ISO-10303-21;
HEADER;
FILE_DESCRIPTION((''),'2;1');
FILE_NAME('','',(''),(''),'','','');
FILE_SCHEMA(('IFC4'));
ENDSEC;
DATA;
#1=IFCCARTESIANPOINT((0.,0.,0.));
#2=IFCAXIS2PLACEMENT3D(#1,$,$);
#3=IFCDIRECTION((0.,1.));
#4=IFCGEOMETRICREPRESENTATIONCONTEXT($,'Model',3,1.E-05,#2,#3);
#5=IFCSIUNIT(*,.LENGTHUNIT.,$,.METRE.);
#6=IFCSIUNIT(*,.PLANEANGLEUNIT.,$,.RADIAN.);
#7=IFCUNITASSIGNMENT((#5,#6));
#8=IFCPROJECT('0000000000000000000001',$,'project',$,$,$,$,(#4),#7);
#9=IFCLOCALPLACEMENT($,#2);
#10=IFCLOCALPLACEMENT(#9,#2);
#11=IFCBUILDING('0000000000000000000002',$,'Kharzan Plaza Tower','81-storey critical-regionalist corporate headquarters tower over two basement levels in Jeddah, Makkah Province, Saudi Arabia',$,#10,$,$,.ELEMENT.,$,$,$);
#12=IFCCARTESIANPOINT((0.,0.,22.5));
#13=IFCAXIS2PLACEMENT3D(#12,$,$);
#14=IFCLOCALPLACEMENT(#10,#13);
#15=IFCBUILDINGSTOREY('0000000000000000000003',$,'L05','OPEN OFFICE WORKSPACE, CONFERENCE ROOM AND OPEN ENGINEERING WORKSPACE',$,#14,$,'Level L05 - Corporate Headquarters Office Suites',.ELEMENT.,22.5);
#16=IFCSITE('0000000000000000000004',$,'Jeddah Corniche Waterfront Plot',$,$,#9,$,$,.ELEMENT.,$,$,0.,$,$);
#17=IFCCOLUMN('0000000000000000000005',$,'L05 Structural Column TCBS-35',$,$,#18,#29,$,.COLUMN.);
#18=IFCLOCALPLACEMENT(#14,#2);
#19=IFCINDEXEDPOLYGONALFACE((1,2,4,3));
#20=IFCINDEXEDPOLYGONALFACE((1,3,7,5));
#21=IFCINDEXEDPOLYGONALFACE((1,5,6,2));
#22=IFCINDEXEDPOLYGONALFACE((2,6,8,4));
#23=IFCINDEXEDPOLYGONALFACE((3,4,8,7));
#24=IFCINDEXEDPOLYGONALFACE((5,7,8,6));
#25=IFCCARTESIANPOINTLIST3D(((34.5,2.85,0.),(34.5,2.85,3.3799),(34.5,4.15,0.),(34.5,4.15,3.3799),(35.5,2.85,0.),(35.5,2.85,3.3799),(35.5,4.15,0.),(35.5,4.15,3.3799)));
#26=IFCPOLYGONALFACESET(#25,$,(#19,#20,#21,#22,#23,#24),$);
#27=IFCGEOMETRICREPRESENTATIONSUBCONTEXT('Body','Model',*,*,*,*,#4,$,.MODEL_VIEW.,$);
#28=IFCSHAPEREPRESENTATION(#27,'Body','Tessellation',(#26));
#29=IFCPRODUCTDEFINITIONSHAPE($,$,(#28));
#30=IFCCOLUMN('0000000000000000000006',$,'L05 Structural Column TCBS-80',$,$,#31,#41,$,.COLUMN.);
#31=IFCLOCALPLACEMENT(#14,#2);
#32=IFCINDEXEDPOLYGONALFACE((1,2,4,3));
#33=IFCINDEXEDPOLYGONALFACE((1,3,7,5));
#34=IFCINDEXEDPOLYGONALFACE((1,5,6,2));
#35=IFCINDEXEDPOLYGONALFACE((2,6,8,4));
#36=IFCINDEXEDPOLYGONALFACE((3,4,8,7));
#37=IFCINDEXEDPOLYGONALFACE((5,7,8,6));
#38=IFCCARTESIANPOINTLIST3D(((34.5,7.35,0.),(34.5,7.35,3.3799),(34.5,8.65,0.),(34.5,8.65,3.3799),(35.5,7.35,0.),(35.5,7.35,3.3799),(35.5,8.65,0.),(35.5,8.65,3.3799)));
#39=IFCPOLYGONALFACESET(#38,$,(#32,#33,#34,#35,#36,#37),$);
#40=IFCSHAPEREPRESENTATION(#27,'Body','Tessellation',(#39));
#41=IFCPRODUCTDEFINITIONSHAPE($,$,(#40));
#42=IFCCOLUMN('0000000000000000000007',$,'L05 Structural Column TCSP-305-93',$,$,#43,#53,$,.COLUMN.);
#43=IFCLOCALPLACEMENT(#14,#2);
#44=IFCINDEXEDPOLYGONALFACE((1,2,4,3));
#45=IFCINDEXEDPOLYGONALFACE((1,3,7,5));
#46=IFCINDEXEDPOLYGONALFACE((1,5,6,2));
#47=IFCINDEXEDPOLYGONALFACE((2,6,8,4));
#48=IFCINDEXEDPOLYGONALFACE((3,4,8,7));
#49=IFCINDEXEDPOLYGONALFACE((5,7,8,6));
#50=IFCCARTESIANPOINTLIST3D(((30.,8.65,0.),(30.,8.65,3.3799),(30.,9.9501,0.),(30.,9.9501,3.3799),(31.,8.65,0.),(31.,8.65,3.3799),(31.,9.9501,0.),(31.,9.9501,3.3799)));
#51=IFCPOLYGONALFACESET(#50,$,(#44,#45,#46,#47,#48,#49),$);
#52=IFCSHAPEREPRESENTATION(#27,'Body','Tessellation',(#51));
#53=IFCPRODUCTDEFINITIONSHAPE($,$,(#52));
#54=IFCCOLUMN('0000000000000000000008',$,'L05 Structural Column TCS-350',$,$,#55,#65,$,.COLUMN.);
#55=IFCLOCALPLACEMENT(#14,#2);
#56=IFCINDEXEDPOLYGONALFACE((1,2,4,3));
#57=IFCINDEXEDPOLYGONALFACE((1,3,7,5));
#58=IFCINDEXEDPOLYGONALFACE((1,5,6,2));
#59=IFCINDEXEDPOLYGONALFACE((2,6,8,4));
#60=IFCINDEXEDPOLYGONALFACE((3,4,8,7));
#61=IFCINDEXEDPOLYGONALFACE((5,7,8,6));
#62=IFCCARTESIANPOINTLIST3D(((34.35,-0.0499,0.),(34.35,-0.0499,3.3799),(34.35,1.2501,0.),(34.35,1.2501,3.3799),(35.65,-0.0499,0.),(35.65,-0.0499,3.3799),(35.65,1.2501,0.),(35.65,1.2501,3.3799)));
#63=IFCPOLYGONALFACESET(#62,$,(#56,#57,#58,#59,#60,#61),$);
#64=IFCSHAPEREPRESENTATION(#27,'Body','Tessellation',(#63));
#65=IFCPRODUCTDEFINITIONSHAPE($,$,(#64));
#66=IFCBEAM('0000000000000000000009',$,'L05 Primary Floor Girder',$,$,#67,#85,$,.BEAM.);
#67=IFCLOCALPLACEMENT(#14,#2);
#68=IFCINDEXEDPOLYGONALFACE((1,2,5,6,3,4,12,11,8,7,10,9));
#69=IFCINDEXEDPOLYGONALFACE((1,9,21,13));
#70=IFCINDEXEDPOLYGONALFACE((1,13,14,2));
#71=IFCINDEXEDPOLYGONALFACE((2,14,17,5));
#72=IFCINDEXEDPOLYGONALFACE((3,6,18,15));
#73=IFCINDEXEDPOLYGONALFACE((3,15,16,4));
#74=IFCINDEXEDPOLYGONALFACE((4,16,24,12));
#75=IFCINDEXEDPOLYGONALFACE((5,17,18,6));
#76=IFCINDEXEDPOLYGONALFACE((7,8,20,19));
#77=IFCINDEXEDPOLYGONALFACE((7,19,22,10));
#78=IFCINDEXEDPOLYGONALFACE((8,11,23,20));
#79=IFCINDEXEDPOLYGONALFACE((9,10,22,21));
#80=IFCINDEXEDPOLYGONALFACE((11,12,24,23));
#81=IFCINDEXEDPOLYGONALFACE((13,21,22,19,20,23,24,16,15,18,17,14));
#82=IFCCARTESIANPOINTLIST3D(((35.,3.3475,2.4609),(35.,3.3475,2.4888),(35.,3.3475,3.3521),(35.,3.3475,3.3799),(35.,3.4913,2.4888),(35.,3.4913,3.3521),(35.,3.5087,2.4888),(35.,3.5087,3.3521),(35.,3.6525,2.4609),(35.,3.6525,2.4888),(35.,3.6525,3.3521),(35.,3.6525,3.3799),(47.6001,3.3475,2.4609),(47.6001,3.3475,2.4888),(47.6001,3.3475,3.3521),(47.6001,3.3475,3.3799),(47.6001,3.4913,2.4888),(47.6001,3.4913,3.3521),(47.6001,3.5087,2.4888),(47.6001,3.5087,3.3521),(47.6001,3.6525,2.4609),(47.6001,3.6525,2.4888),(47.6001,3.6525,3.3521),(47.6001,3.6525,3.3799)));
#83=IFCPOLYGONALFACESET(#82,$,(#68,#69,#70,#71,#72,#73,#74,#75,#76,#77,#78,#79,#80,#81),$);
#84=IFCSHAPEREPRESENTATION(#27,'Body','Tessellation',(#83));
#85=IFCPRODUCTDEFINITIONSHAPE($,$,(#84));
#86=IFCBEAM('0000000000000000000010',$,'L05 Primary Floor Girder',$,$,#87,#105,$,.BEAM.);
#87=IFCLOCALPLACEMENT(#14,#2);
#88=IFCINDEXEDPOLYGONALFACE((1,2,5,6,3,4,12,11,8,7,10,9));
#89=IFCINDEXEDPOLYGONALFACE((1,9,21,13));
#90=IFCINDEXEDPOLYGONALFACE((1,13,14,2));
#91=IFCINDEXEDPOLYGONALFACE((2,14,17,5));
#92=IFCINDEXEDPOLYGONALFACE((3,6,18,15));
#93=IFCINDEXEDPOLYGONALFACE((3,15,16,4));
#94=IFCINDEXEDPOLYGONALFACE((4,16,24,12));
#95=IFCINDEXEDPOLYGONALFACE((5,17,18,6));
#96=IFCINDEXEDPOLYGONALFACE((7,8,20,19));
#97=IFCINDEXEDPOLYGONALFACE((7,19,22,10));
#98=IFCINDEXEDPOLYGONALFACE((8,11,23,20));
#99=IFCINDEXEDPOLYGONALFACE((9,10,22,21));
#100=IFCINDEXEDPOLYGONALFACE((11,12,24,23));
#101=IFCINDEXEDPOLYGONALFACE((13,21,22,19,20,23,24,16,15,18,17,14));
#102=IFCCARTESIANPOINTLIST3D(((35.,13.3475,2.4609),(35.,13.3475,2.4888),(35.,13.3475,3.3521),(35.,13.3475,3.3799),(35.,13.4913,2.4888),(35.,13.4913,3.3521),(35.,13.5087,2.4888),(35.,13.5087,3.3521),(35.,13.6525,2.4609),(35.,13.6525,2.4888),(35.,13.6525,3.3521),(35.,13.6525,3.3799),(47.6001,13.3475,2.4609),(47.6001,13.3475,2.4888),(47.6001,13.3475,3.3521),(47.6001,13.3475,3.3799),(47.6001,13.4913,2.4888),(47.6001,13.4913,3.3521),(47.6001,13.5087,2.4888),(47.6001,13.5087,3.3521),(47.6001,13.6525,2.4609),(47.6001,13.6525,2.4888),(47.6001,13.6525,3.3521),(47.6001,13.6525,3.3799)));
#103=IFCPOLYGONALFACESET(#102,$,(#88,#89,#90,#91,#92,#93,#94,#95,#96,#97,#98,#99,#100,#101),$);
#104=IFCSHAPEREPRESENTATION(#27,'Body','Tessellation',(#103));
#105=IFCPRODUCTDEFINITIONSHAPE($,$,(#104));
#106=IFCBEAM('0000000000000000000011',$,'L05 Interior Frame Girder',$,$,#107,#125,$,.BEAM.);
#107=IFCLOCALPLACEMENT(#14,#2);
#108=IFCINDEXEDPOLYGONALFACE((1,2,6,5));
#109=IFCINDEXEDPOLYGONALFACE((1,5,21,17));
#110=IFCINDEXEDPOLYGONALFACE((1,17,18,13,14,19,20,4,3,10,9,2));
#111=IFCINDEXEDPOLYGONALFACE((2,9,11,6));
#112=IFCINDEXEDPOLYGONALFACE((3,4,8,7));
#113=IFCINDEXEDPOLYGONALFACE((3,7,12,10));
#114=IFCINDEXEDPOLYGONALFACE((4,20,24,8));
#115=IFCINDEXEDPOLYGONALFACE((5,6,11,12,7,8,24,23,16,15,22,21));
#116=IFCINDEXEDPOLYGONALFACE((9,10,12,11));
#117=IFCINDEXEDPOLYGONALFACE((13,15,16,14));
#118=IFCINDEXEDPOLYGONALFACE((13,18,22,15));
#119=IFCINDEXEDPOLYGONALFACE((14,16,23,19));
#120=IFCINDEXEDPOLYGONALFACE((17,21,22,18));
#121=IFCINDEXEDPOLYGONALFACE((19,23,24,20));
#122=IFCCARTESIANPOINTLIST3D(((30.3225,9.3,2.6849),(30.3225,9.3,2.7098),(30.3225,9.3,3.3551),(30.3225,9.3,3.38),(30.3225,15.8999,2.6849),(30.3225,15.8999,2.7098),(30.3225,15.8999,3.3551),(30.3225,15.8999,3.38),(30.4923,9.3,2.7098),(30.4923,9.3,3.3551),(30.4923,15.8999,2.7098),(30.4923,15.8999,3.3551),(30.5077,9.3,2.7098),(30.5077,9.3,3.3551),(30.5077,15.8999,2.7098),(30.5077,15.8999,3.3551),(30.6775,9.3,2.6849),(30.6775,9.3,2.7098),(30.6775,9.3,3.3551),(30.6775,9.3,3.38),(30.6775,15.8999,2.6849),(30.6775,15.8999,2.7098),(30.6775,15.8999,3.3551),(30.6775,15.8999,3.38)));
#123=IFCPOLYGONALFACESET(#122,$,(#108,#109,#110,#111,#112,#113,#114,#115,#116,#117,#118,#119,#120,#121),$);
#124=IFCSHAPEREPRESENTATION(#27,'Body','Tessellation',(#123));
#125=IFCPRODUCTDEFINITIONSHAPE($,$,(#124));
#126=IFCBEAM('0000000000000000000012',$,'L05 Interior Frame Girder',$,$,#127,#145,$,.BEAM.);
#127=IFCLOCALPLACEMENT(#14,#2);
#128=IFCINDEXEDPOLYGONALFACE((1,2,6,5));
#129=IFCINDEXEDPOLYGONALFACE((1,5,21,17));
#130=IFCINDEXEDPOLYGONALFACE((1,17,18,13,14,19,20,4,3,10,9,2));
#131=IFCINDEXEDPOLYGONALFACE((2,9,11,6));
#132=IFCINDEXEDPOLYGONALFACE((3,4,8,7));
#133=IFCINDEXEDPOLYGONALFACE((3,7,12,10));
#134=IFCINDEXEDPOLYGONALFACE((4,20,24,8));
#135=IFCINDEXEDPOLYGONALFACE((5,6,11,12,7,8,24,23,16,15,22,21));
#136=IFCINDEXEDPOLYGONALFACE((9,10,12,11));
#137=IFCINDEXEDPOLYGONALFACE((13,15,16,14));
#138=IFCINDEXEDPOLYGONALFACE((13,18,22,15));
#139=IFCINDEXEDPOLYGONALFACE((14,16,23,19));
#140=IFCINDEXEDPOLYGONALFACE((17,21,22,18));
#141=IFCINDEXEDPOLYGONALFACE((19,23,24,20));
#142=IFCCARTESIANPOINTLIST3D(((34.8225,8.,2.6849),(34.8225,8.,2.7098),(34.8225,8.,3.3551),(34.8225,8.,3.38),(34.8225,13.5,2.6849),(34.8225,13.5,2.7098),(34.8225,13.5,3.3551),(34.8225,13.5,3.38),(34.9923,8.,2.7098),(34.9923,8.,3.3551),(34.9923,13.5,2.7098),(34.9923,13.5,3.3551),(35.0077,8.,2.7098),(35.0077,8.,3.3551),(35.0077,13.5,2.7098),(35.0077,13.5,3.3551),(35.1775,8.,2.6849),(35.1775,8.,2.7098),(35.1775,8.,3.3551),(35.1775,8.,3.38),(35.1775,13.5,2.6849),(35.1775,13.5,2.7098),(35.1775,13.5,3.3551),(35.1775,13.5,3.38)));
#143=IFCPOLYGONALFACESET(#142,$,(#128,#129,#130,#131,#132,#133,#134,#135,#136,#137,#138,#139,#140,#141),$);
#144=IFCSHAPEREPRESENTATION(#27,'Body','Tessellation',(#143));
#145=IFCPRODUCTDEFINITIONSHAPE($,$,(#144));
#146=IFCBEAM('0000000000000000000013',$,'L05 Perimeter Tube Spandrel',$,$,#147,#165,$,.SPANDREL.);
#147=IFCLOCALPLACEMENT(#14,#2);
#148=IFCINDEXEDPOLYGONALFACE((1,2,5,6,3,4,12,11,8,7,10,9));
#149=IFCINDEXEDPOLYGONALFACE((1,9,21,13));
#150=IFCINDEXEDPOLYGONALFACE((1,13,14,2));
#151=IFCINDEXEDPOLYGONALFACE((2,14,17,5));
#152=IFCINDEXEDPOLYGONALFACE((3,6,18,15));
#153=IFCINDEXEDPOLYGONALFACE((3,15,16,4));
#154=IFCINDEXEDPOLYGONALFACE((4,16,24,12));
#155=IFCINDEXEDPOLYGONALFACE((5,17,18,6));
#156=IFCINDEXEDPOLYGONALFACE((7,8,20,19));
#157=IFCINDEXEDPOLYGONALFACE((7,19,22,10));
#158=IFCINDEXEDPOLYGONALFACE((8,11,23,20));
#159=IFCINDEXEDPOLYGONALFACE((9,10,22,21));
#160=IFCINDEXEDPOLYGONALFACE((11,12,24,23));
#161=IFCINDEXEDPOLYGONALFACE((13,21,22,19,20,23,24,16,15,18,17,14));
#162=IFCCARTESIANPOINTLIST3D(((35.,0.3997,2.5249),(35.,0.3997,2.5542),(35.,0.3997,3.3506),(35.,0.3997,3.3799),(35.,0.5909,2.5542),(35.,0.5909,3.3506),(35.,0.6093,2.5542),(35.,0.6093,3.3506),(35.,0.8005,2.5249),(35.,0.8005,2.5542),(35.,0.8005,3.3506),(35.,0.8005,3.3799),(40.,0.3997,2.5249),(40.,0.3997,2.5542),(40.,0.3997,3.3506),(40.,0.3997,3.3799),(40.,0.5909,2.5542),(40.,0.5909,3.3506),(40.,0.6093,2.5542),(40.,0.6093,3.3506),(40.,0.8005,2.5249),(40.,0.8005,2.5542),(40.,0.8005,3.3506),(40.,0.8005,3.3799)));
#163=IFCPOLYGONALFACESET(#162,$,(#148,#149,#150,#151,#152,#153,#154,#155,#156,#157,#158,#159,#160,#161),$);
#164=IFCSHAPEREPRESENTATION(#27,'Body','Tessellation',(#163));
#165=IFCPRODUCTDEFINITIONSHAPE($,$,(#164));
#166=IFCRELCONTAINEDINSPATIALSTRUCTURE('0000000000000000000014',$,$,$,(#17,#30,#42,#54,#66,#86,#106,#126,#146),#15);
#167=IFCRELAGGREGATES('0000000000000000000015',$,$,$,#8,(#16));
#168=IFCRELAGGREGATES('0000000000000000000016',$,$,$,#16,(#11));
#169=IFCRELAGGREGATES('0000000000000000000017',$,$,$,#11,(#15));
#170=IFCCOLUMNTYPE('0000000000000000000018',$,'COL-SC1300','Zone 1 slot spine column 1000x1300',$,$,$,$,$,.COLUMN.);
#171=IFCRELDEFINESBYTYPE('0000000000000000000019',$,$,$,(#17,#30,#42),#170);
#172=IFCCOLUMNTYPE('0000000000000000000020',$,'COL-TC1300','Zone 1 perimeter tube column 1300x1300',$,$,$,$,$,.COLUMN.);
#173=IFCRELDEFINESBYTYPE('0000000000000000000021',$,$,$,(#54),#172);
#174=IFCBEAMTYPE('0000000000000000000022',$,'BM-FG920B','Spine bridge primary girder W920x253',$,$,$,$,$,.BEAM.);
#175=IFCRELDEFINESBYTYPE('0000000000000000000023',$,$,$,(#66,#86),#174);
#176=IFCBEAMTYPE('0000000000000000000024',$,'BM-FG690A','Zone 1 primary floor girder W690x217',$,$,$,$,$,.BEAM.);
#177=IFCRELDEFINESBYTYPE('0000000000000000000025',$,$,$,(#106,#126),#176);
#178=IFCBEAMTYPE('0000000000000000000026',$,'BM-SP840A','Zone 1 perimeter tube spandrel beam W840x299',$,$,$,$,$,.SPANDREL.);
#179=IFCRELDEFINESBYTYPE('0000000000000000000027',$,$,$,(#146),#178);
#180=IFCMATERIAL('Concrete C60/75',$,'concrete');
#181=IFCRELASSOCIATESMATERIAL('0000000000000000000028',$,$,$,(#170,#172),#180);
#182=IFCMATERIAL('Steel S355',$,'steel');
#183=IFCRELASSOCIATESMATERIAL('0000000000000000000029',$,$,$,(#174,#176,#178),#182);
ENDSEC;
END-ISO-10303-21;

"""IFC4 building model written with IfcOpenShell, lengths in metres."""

from ifc_helpers import new_model, si_unit, direction, frame, origin, origin_2d, place, context, subcontext, project, spatial, rectangle, i_section, extrude, source, transform, mapped, material, material_profile, profile_set, type_object, element, save


model = new_model("IFC4")

# Units and contexts
model_context = context("Model", 3, precision=1e-05, world=origin(), true_north=direction((0.0, 1.0)))
body_context = subcontext(model_context, "Body", "Model", "MODEL_VIEW")
ifc_project = project(units=[si_unit("LENGTHUNIT", "METRE"), si_unit("PLANEANGLEUNIT", "RADIAN")], contexts=[model_context])

# Site, building, storey
site_placement = place(None, origin())
site = spatial("IfcSite", under=ifc_project, at=site_placement, Name="Jeddah Corniche Waterfront Plot", CompositionType="ELEMENT", RefElevation=0.0)
building_placement = place(site_placement, origin())
building = spatial("IfcBuilding", under=site, at=building_placement, Name="Kharzan Plaza Tower", Description="81-storey critical-regionalist corporate headquarters tower over two basement levels in Jeddah, Makkah Province, Saudi Arabia", CompositionType="ELEMENT")
storey_placement = place(building_placement, frame((0.0, 0.0, 22.5)))
storey = spatial("IfcBuildingStorey", under=building, at=storey_placement, Name="L05", Description="OPEN OFFICE WORKSPACE, CONFERENCE ROOM AND OPEN ENGINEERING WORKSPACE", LongName="Level L05 - Corporate Headquarters Office Suites", CompositionType="ELEMENT", Elevation=22.5)

# Columns
ifc_material_1 = material(Name="Concrete C60/75", Category="concrete")
ifc_material_profile_1 = material_profile(ifc_material_1, rectangle(XDim=1.0, YDim=1.3, at=origin_2d()), Name="RC-SC1300x1000")
ifc_profile_set_1 = profile_set([ifc_material_profile_1], Name="Concrete C60/75")
column_type_1 = type_object("IfcColumnType", Name="COL-SC1300", Description="Zone 1 slot spine column 1000x1300", PredefinedType="COLUMN", material=ifc_profile_set_1)
shared_shape_1 = source(origin(), body_context, "Body", "SweptSolid", [
    extrude(rectangle(XDim=1.0, YDim=1.3, at=origin_2d()), origin(), (0.0, 0.0, 1.0), 3.3799),
])
for number, where, z_axis, x_axis, name in (
    (1, (35.0, 3.5, 0.0), (0.0, 0.0, 1.0), (1.0, 0.0, 0.0), "L05 Structural Column TCBS-35"),
    (2, (35.0, 8.0, 0.0), (0.0, 0.0, 1.0), (1.0, 0.0, 0.0), "L05 Structural Column TCBS-80"),
    (3, (30.5, 9.3, 0.0), (0.0, 0.0, 1.0), (1.0, 0.0, 0.0), "L05 Structural Column TCSP-305-93"),
):
    element("IfcColumn", number, at=place(storey_placement, frame(where, z_axis=z_axis, x_axis=x_axis)), inside=storey, type_object=column_type_1, Name=name, PredefinedType="COLUMN", context=body_context, shape_type="MappedRepresentation", body=[
        mapped(shared_shape_1, transform((0.0, 0.0, 0.0), x_axis=(1.0, 0.0, 0.0), y_axis=(0.0, 1.0, 0.0), z_axis=(0.0, 0.0, 1.0))),
    ])
ifc_material_profile_2 = material_profile(ifc_material_1, rectangle(XDim=1.3, YDim=1.3, at=origin_2d()), Name="RC-TC1300x1300")
ifc_profile_set_2 = profile_set([ifc_material_profile_2], Name="Concrete C60/75")
column_type_2 = type_object("IfcColumnType", Name="COL-TC1300", Description="Zone 1 perimeter tube column 1300x1300", PredefinedType="COLUMN", material=ifc_profile_set_2)
shared_shape_2 = source(origin(), body_context, "Body", "SweptSolid", [
    extrude(rectangle(XDim=1.3, YDim=1.3, at=origin_2d()), origin(), (0.0, 0.0, 1.0), 3.3799),
])
column_placement = place(storey_placement, frame((35.0, 0.6001, 0.0), z_axis=(0.0, 0.0, 1.0), x_axis=(1.0, 0.0, 0.0)))
element("IfcColumn", 4, at=column_placement, inside=storey, type_object=column_type_2, Name="L05 Structural Column TCS-350", PredefinedType="COLUMN", context=body_context, shape_type="MappedRepresentation", body=[
    mapped(shared_shape_2, transform((0.0, 0.0, 0.0), x_axis=(1.0, 0.0, 0.0), y_axis=(0.0, 1.0, 0.0), z_axis=(0.0, 0.0, 1.0))),
])

# Beams
ifc_material_2 = material(Name="Steel S355", Category="steel")
ifc_material_profile_3 = material_profile(ifc_material_2, i_section(OverallWidth=0.3049, OverallDepth=0.9189, WebThickness=0.0173, FlangeThickness=0.0278, at=origin_2d()), Name="W920x253")
ifc_profile_set_3 = profile_set([ifc_material_profile_3], Name="Steel S355")
beam_type_1 = type_object("IfcBeamType", Name="BM-FG920B", Description="Spine bridge primary girder W920x253", PredefinedType="BEAM", material=ifc_profile_set_3)
shared_shape_3 = source(origin(), body_context, "Body", "SweptSolid", [
    extrude(i_section(OverallWidth=0.3049, OverallDepth=0.9189, WebThickness=0.0173, FlangeThickness=0.0278, at=origin_2d()), origin(), (0.0, 0.0, 1.0), 12.6001),
])
for number, where, z_axis, x_axis, name in (
    (5, (35.0, 3.5, 2.9204), (1.0, 0.0, 0.0), (0.0, 1.0, 0.0), "L05 Primary Floor Girder"),
    (6, (35.0, 13.5, 2.9204), (1.0, 0.0, 0.0), (0.0, 1.0, 0.0), "L05 Primary Floor Girder"),
):
    element("IfcBeam", number, at=place(storey_placement, frame(where, z_axis=z_axis, x_axis=x_axis)), inside=storey, type_object=beam_type_1, Name=name, PredefinedType="BEAM", context=body_context, shape_type="MappedRepresentation", body=[
        mapped(shared_shape_3, transform((0.0, 0.0, 0.0), x_axis=(1.0, 0.0, 0.0), y_axis=(0.0, 1.0, 0.0), z_axis=(0.0, 0.0, 1.0))),
    ])
ifc_material_profile_4 = material_profile(ifc_material_2, i_section(OverallWidth=0.355, OverallDepth=0.6951, WebThickness=0.0154, FlangeThickness=0.0249, at=origin_2d()), Name="W690x217")
ifc_profile_set_4 = profile_set([ifc_material_profile_4], Name="Steel S355")
beam_type_2 = type_object("IfcBeamType", Name="BM-FG690A", Description="Zone 1 primary floor girder W690x217", PredefinedType="BEAM", material=ifc_profile_set_4)
shared_shape_4 = source(origin(), body_context, "Body", "SweptSolid", [
    extrude(i_section(OverallWidth=0.355, OverallDepth=0.6951, WebThickness=0.0154, FlangeThickness=0.0249, at=origin_2d()), origin(), (0.0, 0.0, 1.0), 6.5999),
])
beam_1_placement = place(storey_placement, frame((30.5, 9.3, 3.0325), z_axis=(0.0, 1.0, 0.0), x_axis=(-1.0, 0.0, 0.0)))
element("IfcBeam", 7, at=beam_1_placement, inside=storey, type_object=beam_type_2, Name="L05 Interior Frame Girder", PredefinedType="BEAM", context=body_context, shape_type="MappedRepresentation", body=[
    mapped(shared_shape_4, transform((0.0, 0.0, 0.0), x_axis=(1.0, 0.0, 0.0), y_axis=(0.0, 1.0, 0.0), z_axis=(0.0, 0.0, 1.0))),
])
shared_shape_5 = source(origin(), body_context, "Body", "SweptSolid", [
    extrude(i_section(OverallWidth=0.355, OverallDepth=0.6951, WebThickness=0.0154, FlangeThickness=0.0249, at=origin_2d()), origin(), (0.0, 0.0, 1.0), 5.5),
])
beam_2_placement = place(storey_placement, frame((35.0, 8.0, 3.0325), z_axis=(0.0, 1.0, 0.0), x_axis=(-1.0, 0.0, 0.0)))
element("IfcBeam", 8, at=beam_2_placement, inside=storey, type_object=beam_type_2, Name="L05 Interior Frame Girder", PredefinedType="BEAM", context=body_context, shape_type="MappedRepresentation", body=[
    mapped(shared_shape_5, transform((0.0, 0.0, 0.0), x_axis=(1.0, 0.0, 0.0), y_axis=(0.0, 1.0, 0.0), z_axis=(0.0, 0.0, 1.0))),
])
ifc_material_profile_5 = material_profile(ifc_material_2, i_section(OverallWidth=0.4009, OverallDepth=0.855, WebThickness=0.0183, FlangeThickness=0.0293, at=origin_2d()), Name="W840x299")
ifc_profile_set_5 = profile_set([ifc_material_profile_5], Name="Steel S355")
beam_type_3 = type_object("IfcBeamType", Name="BM-SP840A", Description="Zone 1 perimeter tube spandrel beam W840x299", PredefinedType="SPANDREL", material=ifc_profile_set_5)
shared_shape_6 = source(origin(), body_context, "Body", "SweptSolid", [
    extrude(i_section(OverallWidth=0.4009, OverallDepth=0.855, WebThickness=0.0183, FlangeThickness=0.0293, at=origin_2d()), origin(), (0.0, 0.0, 1.0), 5.0),
])
beam_3_placement = place(storey_placement, frame((35.0, 0.6001, 2.9524), z_axis=(1.0, 0.0, 0.0), x_axis=(0.0, 1.0, 0.0)))
element("IfcBeam", 9, at=beam_3_placement, inside=storey, type_object=beam_type_3, Name="L05 Perimeter Tube Spandrel", PredefinedType="SPANDREL", context=body_context, shape_type="MappedRepresentation", body=[
    mapped(shared_shape_6, transform((0.0, 0.0, 0.0), x_axis=(1.0, 0.0, 0.0), y_axis=(0.0, 1.0, 0.0), z_axis=(0.0, 0.0, 1.0))),
])

save(model, "model.ifc")
